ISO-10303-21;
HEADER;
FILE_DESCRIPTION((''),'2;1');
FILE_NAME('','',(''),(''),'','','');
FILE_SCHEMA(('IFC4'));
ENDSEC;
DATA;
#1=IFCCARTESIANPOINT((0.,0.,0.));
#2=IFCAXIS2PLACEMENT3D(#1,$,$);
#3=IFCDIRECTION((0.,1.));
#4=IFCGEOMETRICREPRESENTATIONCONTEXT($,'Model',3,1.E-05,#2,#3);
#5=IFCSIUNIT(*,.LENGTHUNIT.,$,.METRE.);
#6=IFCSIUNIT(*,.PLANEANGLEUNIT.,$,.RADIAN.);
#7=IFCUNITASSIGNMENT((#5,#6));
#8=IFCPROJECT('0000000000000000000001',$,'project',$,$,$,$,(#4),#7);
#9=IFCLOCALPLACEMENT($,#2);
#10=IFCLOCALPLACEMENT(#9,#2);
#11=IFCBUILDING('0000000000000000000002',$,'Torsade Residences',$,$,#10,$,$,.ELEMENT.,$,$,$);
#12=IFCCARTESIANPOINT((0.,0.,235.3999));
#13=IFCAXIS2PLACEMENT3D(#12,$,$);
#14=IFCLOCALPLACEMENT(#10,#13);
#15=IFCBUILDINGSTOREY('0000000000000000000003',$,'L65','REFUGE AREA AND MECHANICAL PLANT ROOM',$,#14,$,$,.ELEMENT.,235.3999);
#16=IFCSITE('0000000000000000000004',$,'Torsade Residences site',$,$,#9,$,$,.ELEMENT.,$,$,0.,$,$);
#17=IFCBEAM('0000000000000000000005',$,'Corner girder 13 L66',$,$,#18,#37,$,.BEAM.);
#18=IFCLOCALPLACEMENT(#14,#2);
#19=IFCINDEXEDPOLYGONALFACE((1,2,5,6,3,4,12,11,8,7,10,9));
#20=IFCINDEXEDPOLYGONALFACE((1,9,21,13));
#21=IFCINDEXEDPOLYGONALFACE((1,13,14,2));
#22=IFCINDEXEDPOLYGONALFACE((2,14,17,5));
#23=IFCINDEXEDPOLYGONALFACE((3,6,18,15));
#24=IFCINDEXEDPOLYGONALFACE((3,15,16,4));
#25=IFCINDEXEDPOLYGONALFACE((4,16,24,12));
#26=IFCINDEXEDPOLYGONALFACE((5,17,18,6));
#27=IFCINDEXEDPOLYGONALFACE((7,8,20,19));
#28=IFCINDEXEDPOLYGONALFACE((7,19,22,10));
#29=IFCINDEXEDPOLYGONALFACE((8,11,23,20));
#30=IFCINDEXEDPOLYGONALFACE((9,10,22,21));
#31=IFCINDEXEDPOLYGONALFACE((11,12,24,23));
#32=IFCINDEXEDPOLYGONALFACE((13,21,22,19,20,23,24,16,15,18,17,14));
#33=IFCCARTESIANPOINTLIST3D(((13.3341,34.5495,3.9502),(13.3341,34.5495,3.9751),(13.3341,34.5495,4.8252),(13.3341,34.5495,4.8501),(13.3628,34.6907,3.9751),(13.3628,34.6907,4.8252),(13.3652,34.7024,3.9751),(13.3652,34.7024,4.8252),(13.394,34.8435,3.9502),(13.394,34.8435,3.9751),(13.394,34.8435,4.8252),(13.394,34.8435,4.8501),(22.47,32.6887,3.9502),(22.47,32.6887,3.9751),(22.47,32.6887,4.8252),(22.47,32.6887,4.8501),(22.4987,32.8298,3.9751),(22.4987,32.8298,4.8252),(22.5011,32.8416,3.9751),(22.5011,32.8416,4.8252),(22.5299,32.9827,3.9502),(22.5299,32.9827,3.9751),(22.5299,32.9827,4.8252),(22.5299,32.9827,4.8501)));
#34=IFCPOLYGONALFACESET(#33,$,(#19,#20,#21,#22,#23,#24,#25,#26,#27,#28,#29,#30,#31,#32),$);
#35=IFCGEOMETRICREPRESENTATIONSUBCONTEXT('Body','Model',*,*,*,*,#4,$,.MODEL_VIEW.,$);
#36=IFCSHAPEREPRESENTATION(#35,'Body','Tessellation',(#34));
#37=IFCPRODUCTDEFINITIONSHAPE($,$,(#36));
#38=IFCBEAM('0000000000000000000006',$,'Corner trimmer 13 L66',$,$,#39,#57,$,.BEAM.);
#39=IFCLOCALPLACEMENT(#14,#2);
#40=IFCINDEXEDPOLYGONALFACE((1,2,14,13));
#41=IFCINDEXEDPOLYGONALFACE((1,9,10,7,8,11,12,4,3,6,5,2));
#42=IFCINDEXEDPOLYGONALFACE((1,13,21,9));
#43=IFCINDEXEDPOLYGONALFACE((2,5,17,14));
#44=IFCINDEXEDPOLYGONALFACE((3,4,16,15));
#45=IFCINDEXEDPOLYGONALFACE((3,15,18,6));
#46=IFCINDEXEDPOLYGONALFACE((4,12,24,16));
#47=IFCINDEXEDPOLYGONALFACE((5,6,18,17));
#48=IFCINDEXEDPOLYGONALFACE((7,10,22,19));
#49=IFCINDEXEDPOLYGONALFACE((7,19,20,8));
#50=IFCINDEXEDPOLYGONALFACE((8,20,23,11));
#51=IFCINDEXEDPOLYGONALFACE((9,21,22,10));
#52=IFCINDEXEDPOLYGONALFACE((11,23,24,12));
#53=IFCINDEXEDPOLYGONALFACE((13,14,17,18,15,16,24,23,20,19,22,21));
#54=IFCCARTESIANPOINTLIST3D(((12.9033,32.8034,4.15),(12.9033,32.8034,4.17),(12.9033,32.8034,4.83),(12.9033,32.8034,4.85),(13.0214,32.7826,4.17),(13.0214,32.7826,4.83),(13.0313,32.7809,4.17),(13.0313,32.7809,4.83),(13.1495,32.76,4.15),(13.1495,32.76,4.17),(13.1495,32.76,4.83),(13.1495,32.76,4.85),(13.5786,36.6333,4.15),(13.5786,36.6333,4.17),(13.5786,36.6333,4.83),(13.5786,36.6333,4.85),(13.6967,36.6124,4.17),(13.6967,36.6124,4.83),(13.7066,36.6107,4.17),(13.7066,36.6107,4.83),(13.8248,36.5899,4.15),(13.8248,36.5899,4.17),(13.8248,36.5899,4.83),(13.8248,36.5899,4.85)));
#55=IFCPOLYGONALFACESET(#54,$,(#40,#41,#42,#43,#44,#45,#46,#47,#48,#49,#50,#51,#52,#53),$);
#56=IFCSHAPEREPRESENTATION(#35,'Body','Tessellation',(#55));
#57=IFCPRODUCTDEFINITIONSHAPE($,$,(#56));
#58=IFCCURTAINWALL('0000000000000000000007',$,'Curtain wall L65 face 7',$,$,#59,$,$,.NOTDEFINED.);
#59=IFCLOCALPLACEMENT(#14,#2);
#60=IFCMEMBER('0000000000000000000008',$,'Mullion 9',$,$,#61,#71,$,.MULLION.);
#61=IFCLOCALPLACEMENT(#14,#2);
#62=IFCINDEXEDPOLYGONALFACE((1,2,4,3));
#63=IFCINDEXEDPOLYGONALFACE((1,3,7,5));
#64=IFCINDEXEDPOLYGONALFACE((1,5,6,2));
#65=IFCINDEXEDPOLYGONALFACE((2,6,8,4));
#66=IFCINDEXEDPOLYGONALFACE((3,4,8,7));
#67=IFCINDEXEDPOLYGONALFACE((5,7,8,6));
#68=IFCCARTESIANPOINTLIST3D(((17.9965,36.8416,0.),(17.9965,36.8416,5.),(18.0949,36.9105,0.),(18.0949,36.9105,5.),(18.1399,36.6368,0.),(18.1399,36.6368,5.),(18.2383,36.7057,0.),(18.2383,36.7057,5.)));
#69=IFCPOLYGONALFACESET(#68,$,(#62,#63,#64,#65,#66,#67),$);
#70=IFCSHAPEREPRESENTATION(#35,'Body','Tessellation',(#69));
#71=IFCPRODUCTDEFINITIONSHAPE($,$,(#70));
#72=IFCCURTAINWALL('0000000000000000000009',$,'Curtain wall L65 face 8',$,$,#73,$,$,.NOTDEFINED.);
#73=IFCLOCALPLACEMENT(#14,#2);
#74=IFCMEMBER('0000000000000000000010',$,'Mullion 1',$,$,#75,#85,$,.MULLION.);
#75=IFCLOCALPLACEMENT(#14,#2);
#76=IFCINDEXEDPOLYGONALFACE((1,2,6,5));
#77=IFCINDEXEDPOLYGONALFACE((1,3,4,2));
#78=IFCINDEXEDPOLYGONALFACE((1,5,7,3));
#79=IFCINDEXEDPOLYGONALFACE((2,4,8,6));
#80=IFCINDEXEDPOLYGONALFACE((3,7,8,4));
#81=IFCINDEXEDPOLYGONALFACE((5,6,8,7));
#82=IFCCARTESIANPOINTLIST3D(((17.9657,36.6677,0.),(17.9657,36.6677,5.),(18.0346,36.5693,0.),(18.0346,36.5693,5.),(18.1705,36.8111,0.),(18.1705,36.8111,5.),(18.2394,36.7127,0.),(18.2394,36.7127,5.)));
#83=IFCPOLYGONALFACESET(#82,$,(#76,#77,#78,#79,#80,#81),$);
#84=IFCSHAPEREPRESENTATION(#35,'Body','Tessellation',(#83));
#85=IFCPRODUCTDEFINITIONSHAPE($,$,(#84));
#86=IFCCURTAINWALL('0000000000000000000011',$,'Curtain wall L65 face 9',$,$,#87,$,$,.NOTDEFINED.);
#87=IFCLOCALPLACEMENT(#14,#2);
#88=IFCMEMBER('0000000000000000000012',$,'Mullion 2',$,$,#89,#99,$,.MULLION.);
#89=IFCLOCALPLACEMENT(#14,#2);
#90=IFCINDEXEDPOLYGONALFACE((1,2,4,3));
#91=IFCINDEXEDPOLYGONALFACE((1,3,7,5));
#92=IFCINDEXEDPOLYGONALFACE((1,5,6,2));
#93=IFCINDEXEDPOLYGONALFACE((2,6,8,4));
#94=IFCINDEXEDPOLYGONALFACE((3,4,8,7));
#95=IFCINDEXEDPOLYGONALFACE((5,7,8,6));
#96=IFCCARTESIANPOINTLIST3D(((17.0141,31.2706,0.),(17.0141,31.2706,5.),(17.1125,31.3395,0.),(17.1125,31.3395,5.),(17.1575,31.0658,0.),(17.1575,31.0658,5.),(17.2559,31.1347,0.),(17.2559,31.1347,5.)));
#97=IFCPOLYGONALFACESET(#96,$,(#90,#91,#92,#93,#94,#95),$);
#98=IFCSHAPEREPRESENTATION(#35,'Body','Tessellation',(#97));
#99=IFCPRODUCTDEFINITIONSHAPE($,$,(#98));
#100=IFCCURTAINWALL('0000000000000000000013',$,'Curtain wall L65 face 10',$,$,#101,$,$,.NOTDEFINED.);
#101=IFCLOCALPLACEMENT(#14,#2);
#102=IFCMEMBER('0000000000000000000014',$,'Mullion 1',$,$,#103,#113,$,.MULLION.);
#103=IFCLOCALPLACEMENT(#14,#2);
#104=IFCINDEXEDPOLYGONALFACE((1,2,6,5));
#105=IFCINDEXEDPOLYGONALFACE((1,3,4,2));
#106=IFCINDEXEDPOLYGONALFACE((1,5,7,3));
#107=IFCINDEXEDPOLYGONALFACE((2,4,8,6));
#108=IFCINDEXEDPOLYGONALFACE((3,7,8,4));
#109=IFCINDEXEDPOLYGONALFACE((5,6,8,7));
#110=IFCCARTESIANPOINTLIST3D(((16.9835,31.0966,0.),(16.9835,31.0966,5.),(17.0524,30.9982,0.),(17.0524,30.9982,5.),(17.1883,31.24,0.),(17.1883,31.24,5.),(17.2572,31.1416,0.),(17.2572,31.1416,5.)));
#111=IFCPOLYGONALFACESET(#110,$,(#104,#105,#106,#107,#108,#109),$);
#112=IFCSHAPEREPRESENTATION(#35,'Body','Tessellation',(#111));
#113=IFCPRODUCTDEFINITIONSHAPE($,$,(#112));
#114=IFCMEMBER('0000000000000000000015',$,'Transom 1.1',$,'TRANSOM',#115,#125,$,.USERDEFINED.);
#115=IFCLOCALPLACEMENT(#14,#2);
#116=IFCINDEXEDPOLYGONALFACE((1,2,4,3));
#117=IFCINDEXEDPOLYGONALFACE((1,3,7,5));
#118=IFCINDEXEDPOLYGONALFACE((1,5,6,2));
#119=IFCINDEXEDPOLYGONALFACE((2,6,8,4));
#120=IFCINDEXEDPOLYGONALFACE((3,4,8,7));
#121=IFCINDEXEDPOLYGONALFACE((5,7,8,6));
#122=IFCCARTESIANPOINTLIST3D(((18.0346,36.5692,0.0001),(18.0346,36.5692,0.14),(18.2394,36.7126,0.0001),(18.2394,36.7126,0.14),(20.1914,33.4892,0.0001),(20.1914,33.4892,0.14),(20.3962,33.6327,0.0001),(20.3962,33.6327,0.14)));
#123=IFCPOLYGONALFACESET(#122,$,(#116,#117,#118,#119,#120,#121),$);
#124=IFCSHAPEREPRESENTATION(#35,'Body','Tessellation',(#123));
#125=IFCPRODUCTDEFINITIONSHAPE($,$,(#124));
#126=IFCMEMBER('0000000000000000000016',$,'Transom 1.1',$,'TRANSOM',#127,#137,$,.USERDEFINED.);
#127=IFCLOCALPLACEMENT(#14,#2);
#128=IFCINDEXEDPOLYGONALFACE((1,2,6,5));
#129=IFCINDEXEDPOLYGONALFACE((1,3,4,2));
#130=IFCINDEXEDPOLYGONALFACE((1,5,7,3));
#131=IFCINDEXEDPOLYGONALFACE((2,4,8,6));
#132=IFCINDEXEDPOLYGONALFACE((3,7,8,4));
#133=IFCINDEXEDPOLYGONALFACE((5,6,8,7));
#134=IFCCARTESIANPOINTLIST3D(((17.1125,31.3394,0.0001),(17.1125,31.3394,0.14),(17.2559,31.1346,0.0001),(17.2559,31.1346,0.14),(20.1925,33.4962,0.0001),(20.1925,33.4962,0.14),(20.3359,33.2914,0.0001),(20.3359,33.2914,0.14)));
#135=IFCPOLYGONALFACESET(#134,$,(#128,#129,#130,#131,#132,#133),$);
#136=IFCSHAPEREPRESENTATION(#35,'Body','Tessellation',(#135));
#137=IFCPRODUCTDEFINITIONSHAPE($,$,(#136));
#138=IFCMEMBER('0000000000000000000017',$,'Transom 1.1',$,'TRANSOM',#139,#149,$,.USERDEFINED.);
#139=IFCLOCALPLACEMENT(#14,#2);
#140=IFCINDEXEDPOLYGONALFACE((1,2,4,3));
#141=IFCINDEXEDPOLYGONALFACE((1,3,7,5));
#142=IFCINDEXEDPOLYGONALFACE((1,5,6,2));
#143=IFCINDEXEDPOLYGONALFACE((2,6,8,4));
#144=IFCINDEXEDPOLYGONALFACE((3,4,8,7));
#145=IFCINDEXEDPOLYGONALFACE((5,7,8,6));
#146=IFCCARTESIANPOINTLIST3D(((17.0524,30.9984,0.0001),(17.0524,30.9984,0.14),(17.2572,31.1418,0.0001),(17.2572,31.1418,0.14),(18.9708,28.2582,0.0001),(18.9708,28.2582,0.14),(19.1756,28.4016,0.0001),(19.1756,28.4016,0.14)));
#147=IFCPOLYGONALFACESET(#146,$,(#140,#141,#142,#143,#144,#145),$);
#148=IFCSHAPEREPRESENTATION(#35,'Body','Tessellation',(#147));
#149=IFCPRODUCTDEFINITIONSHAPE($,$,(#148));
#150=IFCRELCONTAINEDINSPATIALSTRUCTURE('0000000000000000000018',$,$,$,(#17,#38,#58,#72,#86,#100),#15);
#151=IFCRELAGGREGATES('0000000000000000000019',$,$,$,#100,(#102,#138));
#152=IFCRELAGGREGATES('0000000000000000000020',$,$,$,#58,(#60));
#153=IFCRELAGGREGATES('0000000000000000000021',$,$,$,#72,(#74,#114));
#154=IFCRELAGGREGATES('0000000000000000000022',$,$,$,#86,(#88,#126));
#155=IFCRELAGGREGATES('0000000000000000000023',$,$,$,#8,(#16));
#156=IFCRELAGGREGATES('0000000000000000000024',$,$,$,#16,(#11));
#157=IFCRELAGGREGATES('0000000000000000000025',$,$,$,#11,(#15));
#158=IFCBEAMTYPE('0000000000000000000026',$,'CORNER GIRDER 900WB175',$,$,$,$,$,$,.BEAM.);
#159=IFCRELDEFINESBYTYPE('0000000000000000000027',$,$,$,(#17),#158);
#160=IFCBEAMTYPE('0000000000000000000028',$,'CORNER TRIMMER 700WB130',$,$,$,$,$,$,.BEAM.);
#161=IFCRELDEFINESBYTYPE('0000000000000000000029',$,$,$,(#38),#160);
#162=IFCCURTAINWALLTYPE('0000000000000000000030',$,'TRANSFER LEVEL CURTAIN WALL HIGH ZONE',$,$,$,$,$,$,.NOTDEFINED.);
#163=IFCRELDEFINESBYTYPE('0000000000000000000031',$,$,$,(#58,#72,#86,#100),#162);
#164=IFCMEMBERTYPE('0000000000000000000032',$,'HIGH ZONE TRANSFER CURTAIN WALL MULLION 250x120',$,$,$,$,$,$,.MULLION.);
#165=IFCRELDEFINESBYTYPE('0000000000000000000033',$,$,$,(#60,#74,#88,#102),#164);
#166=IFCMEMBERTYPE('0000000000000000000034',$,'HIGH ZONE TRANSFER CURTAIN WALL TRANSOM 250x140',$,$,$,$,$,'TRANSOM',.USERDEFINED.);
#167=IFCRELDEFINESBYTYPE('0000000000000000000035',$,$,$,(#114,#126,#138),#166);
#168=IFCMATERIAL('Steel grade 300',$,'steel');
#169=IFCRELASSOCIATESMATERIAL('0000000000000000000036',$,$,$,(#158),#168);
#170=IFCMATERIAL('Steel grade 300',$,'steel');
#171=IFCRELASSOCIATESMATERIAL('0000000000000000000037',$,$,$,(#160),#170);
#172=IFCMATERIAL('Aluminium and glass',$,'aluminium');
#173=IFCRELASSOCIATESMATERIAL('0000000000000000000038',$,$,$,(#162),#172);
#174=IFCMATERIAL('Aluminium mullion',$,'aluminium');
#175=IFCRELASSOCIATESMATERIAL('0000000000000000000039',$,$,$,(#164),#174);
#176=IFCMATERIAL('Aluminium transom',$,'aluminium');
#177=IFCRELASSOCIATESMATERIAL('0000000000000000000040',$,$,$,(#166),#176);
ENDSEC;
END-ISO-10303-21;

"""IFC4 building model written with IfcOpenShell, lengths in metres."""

from ifc_helpers import new_model, si_unit, direction, frame, origin, origin_2d, place, context, subcontext, project, spatial, rectangle, i_section, extrude, material, material_profile, profile_set, type_object, element, aggregate, save


model = new_model("IFC4")

# Units and contexts
model_context = context("Model", 3, precision=1e-05, world=origin(), true_north=direction((0.0, 1.0)))
body_context = subcontext(model_context, "Body", "Model", "MODEL_VIEW")
ifc_project = project(units=[si_unit("LENGTHUNIT", "METRE"), si_unit("PLANEANGLEUNIT", "RADIAN")], contexts=[model_context])

# Site, building, storey
site_placement = place(None, origin())
site = spatial("IfcSite", under=ifc_project, at=site_placement, Name="Torsade Residences site", CompositionType="ELEMENT", RefElevation=0.0)
building_placement = place(site_placement, origin())
building = spatial("IfcBuilding", under=site, at=building_placement, Name="Torsade Residences", CompositionType="ELEMENT")
storey_placement = place(building_placement, frame((0.0, 0.0, 235.3999)))
storey = spatial("IfcBuildingStorey", under=building, at=storey_placement, Name="L65", Description="REFUGE AREA AND MECHANICAL PLANT ROOM", CompositionType="ELEMENT", Elevation=235.3999)

# Beams
ifc_material_1 = material(Name="Steel grade 300", Category="steel")
ifc_material_profile_1 = material_profile(ifc_material_1, i_section(OverallWidth=0.3, OverallDepth=0.8999, WebThickness=0.012, FlangeThickness=0.0249, at=origin_2d()), Name="900WB175")
ifc_profile_set_1 = profile_set([ifc_material_profile_1], Name="Steel grade 300")
beam_type_1 = type_object("IfcBeamType", Name="CORNER GIRDER 900WB175", PredefinedType="BEAM", material=ifc_profile_set_1)
beam_1_placement = place(storey_placement, frame((13.364, 34.6965, 4.4001), z_axis=(0.979881, -0.199584, 0.0), x_axis=(0.199584, 0.979881, 0.0)))
element("IfcBeam", 1, at=beam_1_placement, inside=storey, type_object=beam_type_1, Name="Corner girder 13 L66", PredefinedType="BEAM", context=body_context, shape_type="SweptSolid", body=[
    extrude(i_section(OverallWidth=0.3, OverallDepth=0.8999, WebThickness=0.012, FlangeThickness=0.0249, at=origin_2d()), origin(), (0.0, 0.0, 1.0), 9.3235),
])
ifc_material_2 = material(Name="Steel grade 300", Category="steel")
ifc_material_profile_2 = material_profile(ifc_material_2, i_section(OverallWidth=0.25, OverallDepth=0.7, WebThickness=0.01, FlangeThickness=0.02, at=origin_2d()), Name="700WB130")
ifc_profile_set_2 = profile_set([ifc_material_profile_2], Name="Steel grade 300")
beam_type_2 = type_object("IfcBeamType", Name="CORNER TRIMMER 700WB130", PredefinedType="BEAM", material=ifc_profile_set_2)
beam_2_placement = place(storey_placement, frame((13.0264, 32.7817, 4.5), z_axis=(0.173646, 0.984808, 0.0), x_axis=(-0.984808, 0.173646, 0.0)))
element("IfcBeam", 2, at=beam_2_placement, inside=storey, type_object=beam_type_2, Name="Corner trimmer 13 L66", PredefinedType="BEAM", context=body_context, shape_type="SweptSolid", body=[
    extrude(i_section(OverallWidth=0.25, OverallDepth=0.7, WebThickness=0.01, FlangeThickness=0.02, at=origin_2d()), origin(), (0.0, 0.0, 1.0), 3.8889),
])

# Curtain walls, members
ifc_material_3 = material(Name="Aluminium and glass", Category="aluminium")
curtain_wall_type = type_object("IfcCurtainWallType", Name="TRANSFER LEVEL CURTAIN WALL HIGH ZONE", PredefinedType="NOTDEFINED", material=ifc_material_3)
curtain_wall_1_placement = place(storey_placement, origin())
curtain_wall_1 = element("IfcCurtainWall", 3, at=curtain_wall_1_placement, inside=storey, type_object=curtain_wall_type, Name="Curtain wall L65 face 7", PredefinedType="NOTDEFINED")
ifc_material_4 = material(Name="Aluminium mullion", Category="aluminium")
ifc_material_profile_3 = material_profile(ifc_material_4, rectangle(XDim=0.25, YDim=0.1201, at=origin_2d()), Name="HIGH ZONE TRANSFER CURTAIN WALL MULLION 250x120")
ifc_profile_set_3 = profile_set([ifc_material_profile_3], Name="Aluminium mullion")
member_type_1 = type_object("IfcMemberType", Name="HIGH ZONE TRANSFER CURTAIN WALL MULLION 250x120", PredefinedType="MULLION", material=ifc_profile_set_3)
member_1_placement = place(storey_placement, frame((18.1174, 36.7737, 0.0), z_axis=(0.0, 0.0, 1.0), x_axis=(0.573576, -0.819152, 0.0)))
member_1 = element("IfcMember", 4, at=member_1_placement, type_object=member_type_1, Name="Mullion 9", PredefinedType="MULLION", context=body_context, shape_type="SweptSolid", body=[
    extrude(rectangle(XDim=0.25, YDim=0.1201, at=origin_2d()), origin(), (0.0, 0.0, 1.0), 5.0),
])
curtain_wall_2_placement = place(storey_placement, origin())
curtain_wall_2 = element("IfcCurtainWall", 5, at=curtain_wall_2_placement, inside=storey, type_object=curtain_wall_type, Name="Curtain wall L65 face 8", PredefinedType="NOTDEFINED")
member_2_placement = place(storey_placement, frame((18.1025, 36.6902, 0.0), z_axis=(0.0, 0.0, 1.0), x_axis=(0.819152, 0.573576, 0.0)))
member_2 = element("IfcMember", 6, at=member_2_placement, type_object=member_type_1, Name="Mullion 1", PredefinedType="MULLION", context=body_context, shape_type="SweptSolid", body=[
    extrude(rectangle(XDim=0.25, YDim=0.1201, at=origin_2d()), origin(), (0.0, 0.0, 1.0), 5.0),
])
curtain_wall_3_placement = place(storey_placement, origin())
curtain_wall_3 = element("IfcCurtainWall", 7, at=curtain_wall_3_placement, inside=storey, type_object=curtain_wall_type, Name="Curtain wall L65 face 9", PredefinedType="NOTDEFINED")
member_3_placement = place(storey_placement, frame((17.135, 31.2026, 0.0), z_axis=(0.0, 0.0, 1.0), x_axis=(0.573576, -0.819152, 0.0)))
member_3 = element("IfcMember", 8, at=member_3_placement, type_object=member_type_1, Name="Mullion 2", PredefinedType="MULLION", context=body_context, shape_type="SweptSolid", body=[
    extrude(rectangle(XDim=0.25, YDim=0.1201, at=origin_2d()), origin(), (0.0, 0.0, 1.0), 5.0),
])
curtain_wall_4_placement = place(storey_placement, origin())
curtain_wall_4 = element("IfcCurtainWall", 9, at=curtain_wall_4_placement, inside=storey, type_object=curtain_wall_type, Name="Curtain wall L65 face 10", PredefinedType="NOTDEFINED")
member_4_placement = place(storey_placement, frame((17.1204, 31.1191, 0.0), z_axis=(0.0, 0.0, 1.0), x_axis=(0.819152, 0.573576, 0.0)))
member_4 = element("IfcMember", 10, at=member_4_placement, type_object=member_type_1, Name="Mullion 1", PredefinedType="MULLION", context=body_context, shape_type="SweptSolid", body=[
    extrude(rectangle(XDim=0.25, YDim=0.1201, at=origin_2d()), origin(), (0.0, 0.0, 1.0), 5.0),
])

# Members
ifc_material_5 = material(Name="Aluminium transom", Category="aluminium")
ifc_material_profile_4 = material_profile(ifc_material_5, rectangle(XDim=0.25, YDim=0.1399, at=origin_2d()), Name="HIGH ZONE TRANSFER CURTAIN WALL TRANSOM 250x140")
ifc_profile_set_4 = profile_set([ifc_material_profile_4], Name="Aluminium transom")
member_type_2 = type_object("IfcMemberType", Name="HIGH ZONE TRANSFER CURTAIN WALL TRANSOM 250x140", ElementType="TRANSOM", PredefinedType="USERDEFINED", material=ifc_profile_set_4)
member_5_placement = place(storey_placement, frame((18.137, 36.6409, 0.0701), z_axis=(0.573615, -0.819125, 0.0), x_axis=(0.819125, 0.573615, 0.0)))
member_5 = element("IfcMember", 11, at=member_5_placement, type_object=member_type_2, Name="Transom 1.1", ObjectType="TRANSOM", PredefinedType="USERDEFINED", context=body_context, shape_type="SweptSolid", body=[
    extrude(rectangle(XDim=0.25, YDim=0.1399, at=origin_2d()), origin(), (0.0, 0.0, 1.0), 3.76),
])
member_6_placement = place(storey_placement, frame((20.2642, 33.3938, 0.0701), z_axis=(-0.819125, -0.573615, 0.0), x_axis=(0.573615, -0.819125, 0.0)))
member_6 = element("IfcMember", 12, at=member_6_placement, type_object=member_type_2, Name="Transom 1.1", ObjectType="TRANSOM", PredefinedType="USERDEFINED", context=body_context, shape_type="SweptSolid", body=[
    extrude(rectangle(XDim=0.25, YDim=0.1399, at=origin_2d()), origin(), (0.0, 0.0, 1.0), 3.76),
])
member_7_placement = place(storey_placement, frame((17.1548, 31.0701, 0.0701), z_axis=(0.573521, -0.819191, 0.0), x_axis=(0.819191, 0.573521, 0.0)))
member_7 = element("IfcMember", 13, at=member_7_placement, type_object=member_type_2, Name="Transom 1.1", ObjectType="TRANSOM", PredefinedType="USERDEFINED", context=body_context, shape_type="SweptSolid", body=[
    extrude(rectangle(XDim=0.25, YDim=0.1399, at=origin_2d()), origin(), (0.0, 0.0, 1.0), 3.345),
])
aggregate(curtain_wall_4, [member_4, member_7])

aggregate(curtain_wall_1, [member_1])
aggregate(curtain_wall_2, [member_2, member_5])
aggregate(curtain_wall_3, [member_3, member_6])

save(model, "model.ifc")
